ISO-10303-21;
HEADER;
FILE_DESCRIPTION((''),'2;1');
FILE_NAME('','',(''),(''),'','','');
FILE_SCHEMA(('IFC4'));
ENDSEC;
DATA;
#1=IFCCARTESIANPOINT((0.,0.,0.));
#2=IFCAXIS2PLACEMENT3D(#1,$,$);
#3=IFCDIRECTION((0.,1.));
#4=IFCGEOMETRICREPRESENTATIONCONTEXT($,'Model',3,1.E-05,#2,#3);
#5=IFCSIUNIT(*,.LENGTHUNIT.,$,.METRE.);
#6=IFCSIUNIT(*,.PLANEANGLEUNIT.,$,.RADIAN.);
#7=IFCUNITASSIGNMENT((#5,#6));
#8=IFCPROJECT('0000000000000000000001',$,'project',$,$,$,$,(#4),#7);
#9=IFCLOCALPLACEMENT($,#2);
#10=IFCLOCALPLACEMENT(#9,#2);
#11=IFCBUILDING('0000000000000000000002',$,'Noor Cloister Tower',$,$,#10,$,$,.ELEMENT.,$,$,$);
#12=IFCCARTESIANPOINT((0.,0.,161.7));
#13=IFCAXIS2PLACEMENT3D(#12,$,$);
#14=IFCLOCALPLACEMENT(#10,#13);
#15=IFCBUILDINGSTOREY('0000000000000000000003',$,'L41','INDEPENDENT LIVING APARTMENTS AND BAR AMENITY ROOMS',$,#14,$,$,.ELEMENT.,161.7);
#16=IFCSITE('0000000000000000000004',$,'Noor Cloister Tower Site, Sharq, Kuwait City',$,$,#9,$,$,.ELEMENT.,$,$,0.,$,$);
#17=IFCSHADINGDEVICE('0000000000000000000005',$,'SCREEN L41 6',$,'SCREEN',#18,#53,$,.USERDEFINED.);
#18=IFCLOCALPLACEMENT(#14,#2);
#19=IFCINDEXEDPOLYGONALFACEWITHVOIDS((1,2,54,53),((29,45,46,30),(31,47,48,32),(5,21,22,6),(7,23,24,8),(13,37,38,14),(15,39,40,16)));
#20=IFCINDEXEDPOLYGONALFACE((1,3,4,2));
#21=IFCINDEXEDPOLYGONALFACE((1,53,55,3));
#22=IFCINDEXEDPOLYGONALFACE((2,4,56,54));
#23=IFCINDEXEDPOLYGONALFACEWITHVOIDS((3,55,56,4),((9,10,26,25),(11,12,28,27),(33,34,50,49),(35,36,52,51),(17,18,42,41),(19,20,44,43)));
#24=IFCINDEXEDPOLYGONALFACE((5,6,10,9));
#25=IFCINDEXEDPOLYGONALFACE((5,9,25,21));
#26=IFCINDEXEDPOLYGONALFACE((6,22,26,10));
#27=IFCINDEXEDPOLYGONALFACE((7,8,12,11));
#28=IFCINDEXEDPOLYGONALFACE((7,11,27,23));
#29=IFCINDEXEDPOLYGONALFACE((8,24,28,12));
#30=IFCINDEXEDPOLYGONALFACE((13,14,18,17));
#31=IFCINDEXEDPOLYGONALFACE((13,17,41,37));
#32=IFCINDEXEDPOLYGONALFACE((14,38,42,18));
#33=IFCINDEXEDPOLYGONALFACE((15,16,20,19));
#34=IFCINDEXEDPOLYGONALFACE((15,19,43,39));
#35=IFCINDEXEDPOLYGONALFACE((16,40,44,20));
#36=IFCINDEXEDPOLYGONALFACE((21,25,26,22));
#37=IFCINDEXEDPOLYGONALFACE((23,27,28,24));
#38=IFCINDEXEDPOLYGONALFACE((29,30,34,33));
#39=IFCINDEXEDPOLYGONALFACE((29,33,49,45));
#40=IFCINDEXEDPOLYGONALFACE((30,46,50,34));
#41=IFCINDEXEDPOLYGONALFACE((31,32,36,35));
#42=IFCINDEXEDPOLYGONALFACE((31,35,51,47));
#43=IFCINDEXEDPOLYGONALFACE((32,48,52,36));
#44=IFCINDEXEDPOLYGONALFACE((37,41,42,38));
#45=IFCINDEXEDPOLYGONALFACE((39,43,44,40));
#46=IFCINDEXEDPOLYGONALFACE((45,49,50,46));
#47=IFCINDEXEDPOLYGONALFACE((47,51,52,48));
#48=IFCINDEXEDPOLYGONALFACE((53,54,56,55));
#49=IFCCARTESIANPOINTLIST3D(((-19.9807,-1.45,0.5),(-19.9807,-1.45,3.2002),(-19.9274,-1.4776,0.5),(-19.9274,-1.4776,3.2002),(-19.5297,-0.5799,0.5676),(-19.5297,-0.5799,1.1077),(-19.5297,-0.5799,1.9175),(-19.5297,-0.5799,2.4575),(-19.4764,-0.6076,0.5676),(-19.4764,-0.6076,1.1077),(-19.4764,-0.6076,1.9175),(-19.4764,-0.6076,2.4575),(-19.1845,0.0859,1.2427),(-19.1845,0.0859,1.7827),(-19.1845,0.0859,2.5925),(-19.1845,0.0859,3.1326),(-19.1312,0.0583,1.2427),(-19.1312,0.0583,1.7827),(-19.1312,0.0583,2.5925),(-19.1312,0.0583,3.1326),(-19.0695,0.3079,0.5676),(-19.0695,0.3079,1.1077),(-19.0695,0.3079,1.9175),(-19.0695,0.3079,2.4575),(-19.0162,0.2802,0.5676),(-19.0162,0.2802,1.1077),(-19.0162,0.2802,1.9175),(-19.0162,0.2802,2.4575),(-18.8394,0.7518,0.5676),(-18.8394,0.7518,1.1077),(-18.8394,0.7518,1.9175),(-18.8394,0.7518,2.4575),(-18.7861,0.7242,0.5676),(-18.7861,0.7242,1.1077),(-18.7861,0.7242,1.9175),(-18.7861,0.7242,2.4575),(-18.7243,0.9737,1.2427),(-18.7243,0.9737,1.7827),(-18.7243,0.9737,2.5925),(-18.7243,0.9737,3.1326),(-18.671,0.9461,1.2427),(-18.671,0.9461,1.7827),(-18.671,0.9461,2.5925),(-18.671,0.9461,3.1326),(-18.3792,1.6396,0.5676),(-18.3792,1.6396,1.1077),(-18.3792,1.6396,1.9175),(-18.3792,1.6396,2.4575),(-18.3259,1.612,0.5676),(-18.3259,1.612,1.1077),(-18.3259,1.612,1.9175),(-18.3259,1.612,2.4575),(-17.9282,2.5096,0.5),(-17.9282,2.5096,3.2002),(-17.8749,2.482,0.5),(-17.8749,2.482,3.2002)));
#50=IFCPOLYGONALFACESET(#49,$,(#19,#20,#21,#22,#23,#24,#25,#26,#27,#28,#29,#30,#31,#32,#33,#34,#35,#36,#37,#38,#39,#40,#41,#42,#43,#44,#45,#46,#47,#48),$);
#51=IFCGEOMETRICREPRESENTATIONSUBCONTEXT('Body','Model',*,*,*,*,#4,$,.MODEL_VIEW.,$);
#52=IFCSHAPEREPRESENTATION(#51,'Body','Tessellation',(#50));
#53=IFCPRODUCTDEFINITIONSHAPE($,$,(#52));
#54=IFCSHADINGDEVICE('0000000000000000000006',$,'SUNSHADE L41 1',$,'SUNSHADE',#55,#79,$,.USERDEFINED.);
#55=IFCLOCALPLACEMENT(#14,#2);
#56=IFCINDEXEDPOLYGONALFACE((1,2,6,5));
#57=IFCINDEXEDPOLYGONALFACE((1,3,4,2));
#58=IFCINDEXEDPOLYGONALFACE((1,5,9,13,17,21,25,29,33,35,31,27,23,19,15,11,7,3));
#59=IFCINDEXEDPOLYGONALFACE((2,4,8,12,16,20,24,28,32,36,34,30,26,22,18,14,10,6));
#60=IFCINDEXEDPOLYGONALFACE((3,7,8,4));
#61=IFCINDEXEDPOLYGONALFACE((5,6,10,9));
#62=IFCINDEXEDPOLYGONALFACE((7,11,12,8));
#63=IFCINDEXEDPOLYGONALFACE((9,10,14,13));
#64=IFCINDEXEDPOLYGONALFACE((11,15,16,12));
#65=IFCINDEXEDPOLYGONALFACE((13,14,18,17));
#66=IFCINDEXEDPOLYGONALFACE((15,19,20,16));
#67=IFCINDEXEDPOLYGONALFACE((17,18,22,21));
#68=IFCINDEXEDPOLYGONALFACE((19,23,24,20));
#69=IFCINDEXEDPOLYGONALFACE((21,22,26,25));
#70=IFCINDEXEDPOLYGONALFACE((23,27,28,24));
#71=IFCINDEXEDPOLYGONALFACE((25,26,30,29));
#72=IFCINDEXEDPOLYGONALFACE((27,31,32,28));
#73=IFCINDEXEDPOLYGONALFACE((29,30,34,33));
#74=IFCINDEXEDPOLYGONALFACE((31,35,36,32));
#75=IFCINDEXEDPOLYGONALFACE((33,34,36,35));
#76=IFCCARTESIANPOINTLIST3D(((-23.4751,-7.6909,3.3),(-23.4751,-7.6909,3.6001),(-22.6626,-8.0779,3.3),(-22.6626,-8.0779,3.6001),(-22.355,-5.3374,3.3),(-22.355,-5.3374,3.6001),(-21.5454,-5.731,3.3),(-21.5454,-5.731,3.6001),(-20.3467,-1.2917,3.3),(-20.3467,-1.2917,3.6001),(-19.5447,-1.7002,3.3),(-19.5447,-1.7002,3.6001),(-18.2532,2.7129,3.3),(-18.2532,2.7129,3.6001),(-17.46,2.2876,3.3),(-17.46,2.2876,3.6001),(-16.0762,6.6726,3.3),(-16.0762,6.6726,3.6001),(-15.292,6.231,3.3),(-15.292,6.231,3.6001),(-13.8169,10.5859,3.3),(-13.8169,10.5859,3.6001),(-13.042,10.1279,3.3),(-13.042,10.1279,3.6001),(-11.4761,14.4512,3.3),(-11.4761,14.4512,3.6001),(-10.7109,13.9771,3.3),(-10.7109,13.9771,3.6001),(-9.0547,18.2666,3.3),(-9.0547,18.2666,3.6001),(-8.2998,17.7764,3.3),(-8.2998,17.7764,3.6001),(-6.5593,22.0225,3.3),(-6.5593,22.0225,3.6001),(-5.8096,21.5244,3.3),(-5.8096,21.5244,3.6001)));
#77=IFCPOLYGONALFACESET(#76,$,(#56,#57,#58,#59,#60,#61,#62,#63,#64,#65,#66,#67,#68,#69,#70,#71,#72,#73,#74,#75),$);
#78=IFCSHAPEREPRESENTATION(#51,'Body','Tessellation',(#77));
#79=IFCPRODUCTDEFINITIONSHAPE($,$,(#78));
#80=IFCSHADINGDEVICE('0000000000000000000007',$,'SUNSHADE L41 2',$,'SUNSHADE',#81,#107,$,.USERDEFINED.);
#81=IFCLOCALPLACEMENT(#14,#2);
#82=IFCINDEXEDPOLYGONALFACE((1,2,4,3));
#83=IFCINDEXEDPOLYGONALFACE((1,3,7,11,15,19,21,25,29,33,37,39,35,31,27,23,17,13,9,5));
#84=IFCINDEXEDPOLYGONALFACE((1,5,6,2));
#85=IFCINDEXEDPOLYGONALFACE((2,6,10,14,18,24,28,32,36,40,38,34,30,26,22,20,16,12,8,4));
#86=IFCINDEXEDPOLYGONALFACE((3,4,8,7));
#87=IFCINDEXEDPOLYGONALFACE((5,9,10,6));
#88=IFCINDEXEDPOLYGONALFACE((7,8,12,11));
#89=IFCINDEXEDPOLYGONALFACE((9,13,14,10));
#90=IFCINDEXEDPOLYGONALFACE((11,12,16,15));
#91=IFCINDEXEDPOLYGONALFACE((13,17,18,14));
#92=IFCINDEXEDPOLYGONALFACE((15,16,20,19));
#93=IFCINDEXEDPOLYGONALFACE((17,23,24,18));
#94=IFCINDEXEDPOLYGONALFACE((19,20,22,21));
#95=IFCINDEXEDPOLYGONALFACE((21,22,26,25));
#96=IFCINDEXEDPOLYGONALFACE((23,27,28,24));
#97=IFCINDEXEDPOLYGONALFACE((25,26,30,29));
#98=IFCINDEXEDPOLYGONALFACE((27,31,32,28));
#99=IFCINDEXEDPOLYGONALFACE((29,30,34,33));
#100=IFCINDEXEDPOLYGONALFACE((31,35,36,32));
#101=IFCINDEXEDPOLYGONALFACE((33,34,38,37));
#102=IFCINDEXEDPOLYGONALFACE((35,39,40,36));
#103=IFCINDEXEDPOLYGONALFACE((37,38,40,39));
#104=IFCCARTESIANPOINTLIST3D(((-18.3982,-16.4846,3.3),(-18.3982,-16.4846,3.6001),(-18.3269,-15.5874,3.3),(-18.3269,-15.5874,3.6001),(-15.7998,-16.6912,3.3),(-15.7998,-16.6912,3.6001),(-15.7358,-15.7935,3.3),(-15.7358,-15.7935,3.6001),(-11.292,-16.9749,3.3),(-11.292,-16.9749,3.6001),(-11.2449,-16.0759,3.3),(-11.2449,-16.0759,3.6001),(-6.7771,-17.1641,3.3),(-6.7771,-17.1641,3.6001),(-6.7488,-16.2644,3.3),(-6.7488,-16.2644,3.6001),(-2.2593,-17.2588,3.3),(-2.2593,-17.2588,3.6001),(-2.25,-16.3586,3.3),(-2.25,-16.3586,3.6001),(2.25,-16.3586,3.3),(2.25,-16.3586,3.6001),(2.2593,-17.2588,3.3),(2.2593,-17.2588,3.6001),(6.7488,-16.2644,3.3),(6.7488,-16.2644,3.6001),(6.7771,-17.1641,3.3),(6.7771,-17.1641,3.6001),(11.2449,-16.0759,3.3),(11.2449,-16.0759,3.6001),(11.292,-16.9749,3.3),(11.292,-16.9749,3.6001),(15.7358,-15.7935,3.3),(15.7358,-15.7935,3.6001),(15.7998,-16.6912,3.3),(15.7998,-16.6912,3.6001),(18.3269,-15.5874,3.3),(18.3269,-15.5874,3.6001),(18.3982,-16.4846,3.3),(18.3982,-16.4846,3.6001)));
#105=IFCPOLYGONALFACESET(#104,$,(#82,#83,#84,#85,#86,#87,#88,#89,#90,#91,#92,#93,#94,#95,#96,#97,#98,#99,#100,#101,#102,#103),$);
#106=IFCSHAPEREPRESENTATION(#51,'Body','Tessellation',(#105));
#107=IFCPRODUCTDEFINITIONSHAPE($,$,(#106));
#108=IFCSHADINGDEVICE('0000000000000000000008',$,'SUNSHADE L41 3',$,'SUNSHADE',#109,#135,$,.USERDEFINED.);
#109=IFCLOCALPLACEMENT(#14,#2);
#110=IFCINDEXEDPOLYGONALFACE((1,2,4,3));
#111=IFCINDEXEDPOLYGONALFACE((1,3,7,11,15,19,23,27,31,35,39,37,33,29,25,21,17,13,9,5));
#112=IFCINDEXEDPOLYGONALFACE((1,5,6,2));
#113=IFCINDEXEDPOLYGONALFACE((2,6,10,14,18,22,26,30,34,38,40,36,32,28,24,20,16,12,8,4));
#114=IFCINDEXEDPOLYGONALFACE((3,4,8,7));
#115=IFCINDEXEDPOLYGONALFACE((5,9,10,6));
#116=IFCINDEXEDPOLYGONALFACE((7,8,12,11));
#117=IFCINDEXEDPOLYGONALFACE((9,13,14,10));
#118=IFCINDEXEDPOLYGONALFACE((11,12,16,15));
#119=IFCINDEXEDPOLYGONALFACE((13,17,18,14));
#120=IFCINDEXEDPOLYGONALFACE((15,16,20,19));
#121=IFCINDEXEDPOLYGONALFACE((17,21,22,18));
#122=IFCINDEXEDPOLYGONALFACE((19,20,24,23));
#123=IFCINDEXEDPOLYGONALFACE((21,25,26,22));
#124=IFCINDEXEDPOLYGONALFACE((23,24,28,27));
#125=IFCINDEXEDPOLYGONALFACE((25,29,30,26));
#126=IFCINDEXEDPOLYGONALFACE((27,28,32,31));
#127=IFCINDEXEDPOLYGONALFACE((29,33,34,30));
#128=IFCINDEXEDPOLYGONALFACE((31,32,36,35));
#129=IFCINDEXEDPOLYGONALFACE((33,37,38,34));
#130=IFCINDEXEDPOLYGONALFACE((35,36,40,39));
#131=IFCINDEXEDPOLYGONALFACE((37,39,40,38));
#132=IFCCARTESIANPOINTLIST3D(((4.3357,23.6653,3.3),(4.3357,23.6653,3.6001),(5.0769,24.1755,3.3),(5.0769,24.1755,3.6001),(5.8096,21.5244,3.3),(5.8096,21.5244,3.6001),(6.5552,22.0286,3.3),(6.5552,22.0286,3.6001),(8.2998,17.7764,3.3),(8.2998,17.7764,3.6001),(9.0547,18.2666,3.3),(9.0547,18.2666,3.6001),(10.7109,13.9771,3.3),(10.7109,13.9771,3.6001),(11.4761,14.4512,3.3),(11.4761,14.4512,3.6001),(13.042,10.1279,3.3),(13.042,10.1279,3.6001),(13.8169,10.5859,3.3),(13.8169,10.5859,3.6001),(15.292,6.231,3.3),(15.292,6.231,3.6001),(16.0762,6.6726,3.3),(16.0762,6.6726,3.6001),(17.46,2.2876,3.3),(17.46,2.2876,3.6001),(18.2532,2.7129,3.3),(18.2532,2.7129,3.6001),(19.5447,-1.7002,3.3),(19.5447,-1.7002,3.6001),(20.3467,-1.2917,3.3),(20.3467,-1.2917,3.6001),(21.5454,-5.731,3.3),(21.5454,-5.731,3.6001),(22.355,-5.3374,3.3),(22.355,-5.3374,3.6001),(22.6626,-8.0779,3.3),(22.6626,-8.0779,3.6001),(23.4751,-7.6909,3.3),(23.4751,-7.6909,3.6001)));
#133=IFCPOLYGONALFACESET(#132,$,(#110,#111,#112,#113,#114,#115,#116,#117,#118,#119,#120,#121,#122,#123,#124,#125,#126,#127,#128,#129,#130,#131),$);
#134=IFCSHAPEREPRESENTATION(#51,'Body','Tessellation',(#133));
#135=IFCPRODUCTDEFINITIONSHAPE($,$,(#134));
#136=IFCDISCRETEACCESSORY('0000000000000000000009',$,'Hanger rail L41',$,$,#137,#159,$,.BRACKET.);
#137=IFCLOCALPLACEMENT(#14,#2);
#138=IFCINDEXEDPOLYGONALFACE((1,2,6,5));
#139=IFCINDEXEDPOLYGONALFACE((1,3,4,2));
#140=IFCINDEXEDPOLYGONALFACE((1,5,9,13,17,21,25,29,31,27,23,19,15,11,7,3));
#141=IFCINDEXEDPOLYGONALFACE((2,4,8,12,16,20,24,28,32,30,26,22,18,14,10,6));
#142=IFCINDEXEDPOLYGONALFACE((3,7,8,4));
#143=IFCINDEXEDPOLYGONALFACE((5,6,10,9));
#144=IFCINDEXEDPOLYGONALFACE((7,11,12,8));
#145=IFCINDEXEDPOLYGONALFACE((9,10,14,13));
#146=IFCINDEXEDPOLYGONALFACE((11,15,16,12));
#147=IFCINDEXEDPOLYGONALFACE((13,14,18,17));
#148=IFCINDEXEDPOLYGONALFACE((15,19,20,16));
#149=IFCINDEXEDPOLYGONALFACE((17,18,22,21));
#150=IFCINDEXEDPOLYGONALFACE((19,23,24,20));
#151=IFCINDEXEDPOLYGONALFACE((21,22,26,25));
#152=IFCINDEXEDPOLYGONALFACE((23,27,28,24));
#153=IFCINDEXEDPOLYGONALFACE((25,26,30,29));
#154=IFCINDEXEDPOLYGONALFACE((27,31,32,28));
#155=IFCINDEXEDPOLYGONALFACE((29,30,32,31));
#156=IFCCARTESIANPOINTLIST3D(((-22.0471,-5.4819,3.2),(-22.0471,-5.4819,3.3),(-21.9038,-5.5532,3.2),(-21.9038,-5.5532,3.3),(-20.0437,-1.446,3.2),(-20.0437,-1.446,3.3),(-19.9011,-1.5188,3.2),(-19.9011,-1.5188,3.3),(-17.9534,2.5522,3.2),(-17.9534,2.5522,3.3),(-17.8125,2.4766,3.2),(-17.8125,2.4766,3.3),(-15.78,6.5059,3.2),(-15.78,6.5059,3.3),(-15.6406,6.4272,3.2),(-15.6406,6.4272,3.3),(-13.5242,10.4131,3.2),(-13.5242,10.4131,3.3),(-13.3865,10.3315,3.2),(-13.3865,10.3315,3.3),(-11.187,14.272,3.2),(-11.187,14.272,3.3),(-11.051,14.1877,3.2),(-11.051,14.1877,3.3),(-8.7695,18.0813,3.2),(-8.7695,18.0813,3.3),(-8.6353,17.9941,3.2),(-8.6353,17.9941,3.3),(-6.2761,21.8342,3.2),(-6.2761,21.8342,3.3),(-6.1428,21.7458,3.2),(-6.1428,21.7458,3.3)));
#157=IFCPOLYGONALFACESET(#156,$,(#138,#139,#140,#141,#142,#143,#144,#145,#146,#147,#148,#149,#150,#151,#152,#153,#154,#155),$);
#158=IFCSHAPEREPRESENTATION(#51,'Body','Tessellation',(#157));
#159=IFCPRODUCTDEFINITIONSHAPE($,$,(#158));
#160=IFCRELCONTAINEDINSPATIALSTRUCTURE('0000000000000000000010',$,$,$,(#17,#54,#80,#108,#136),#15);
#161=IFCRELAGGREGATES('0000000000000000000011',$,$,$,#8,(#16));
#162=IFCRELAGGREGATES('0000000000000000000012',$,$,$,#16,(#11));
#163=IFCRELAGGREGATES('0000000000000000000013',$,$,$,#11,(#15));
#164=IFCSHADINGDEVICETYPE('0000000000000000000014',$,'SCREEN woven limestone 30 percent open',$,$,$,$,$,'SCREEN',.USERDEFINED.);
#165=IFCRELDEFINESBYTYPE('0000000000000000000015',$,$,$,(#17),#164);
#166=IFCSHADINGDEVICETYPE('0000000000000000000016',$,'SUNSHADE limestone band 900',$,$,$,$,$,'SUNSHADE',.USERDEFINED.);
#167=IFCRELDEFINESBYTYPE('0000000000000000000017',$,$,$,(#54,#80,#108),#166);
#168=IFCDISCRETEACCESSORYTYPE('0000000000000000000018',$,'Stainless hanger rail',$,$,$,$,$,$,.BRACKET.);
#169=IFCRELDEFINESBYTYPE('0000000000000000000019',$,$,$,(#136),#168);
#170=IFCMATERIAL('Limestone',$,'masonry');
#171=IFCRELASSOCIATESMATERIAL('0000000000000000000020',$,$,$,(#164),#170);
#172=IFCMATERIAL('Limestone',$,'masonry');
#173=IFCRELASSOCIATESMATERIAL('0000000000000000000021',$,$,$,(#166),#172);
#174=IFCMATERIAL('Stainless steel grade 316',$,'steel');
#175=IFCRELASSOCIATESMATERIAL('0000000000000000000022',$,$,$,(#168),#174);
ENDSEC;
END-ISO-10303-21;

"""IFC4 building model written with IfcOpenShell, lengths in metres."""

from ifc_helpers import new_model, si_unit, direction, frame, origin, place, context, subcontext, project, spatial, polyline, outline, extrude, material, material_profile, profile_set, type_object, element, save


model = new_model("IFC4")

# Units and contexts
model_context = context("Model", 3, precision=1e-05, world=origin(), true_north=direction((0.0, 1.0)))
body_context = subcontext(model_context, "Body", "Model", "MODEL_VIEW")
ifc_project = project(units=[si_unit("LENGTHUNIT", "METRE"), si_unit("PLANEANGLEUNIT", "RADIAN")], contexts=[model_context])

# Site, building, storey
site_placement = place(None, origin())
site = spatial("IfcSite", under=ifc_project, at=site_placement, Name="Noor Cloister Tower Site, Sharq, Kuwait City", CompositionType="ELEMENT", RefElevation=0.0)
building_placement = place(site_placement, origin())
building = spatial("IfcBuilding", under=site, at=building_placement, Name="Noor Cloister Tower", CompositionType="ELEMENT")
storey_placement = place(building_placement, frame((0.0, 0.0, 161.7)))
storey = spatial("IfcBuildingStorey", under=building, at=storey_placement, Name="L41", Description="INDEPENDENT LIVING APARTMENTS AND BAR AMENITY ROOMS", CompositionType="ELEMENT", Elevation=161.7)

# Shading devices
ifc_material_1 = material(Name="Limestone", Category="masonry")
ifc_material_profile_1 = material_profile(ifc_material_1, outline(polyline([(-2.23, -1.3501), (2.23, -1.3501), (2.23, 1.3501), (-2.23, 1.3501), (-2.23, -1.3501)]), holes=[polyline([(-1.25, -1.2825), (-0.25, -1.2825), (-0.25, -0.7424), (-1.25, -0.7424), (-1.25, -1.2825)]), polyline([(0.25, -1.2825), (1.25, -1.2825), (1.25, -0.7424), (0.25, -0.7424), (0.25, -1.2825)]), polyline([(-0.5, -0.6074), (0.5, -0.6074), (0.5, -0.0674), (-0.5, -0.0674), (-0.5, -0.6074)]), polyline([(-1.25, 0.0674), (-0.25, 0.0674), (-0.25, 0.6074), (-1.25, 0.6074), (-1.25, 0.0674)]), polyline([(0.25, 0.0674), (1.25, 0.0674), (1.25, 0.6074), (0.25, 0.6074), (0.25, 0.0674)]), polyline([(-0.5, 0.7424), (0.5, 0.7424), (0.5, 1.2825), (-0.5, 1.2825), (-0.5, 0.7424)])]), Name="Woven screen 30 percent open")
ifc_profile_set_1 = profile_set([ifc_material_profile_1], Name="Limestone")
shading_device_type_1 = type_object("IfcShadingDeviceType", Name="SCREEN woven limestone 30 percent open", ElementType="SCREEN", PredefinedType="USERDEFINED", material=ifc_profile_set_1)
for number, where, z_axis, x_axis, name in (
    (1, (-18.9011, 0.5022, 1.8501), (-0.887816, 0.460198, 0.0), (-0.460198, -0.887816, 0.0), "SCREEN L41 6"),
):
    element("IfcShadingDevice", number, at=place(storey_placement, frame(where, z_axis=z_axis, x_axis=x_axis)), inside=storey, type_object=shading_device_type_1, Name=name, ObjectType="SCREEN", PredefinedType="USERDEFINED", context=body_context, shape_type="SweptSolid", body=[
        extrude(outline(polyline([(-2.23, -1.3501), (2.23, -1.3501), (2.23, 1.3501), (-2.23, 1.3501), (-2.23, -1.3501)]), holes=[polyline([(-1.25, -1.2825), (-0.25, -1.2825), (-0.25, -0.7424), (-1.25, -0.7424), (-1.25, -1.2825)]), polyline([(0.25, -1.2825), (1.25, -1.2825), (1.25, -0.7424), (0.25, -0.7424), (0.25, -1.2825)]), polyline([(-0.5, -0.6074), (0.5, -0.6074), (0.5, -0.0674), (-0.5, -0.0674), (-0.5, -0.6074)]), polyline([(-1.25, 0.0674), (-0.25, 0.0674), (-0.25, 0.6074), (-1.25, 0.6074), (-1.25, 0.0674)]), polyline([(0.25, 0.0674), (1.25, 0.0674), (1.25, 0.6074), (0.25, 0.6074), (0.25, 0.0674)]), polyline([(-0.5, 0.7424), (0.5, 0.7424), (0.5, 1.2825), (-0.5, 1.2825), (-0.5, 0.7424)])]), origin(), (0.0, 0.0, 1.0), 0.0601),
    ])
ifc_material_2 = material(Name="Limestone", Category="masonry")
shading_device_type_2 = type_object("IfcShadingDeviceType", Name="SUNSHADE limestone band 900", ElementType="SUNSHADE", PredefinedType="USERDEFINED", material=ifc_material_2)
shading_device_1_placement = place(storey_placement, frame((0.0, 0.0, 3.3)))
element("IfcShadingDevice", 2, at=shading_device_1_placement, inside=storey, type_object=shading_device_type_2, Name="SUNSHADE L41 1", ObjectType="SUNSHADE", PredefinedType="USERDEFINED", context=body_context, shape_type="SweptSolid", body=[
    extrude(outline(polyline([(-6.5593, 22.0225), (-9.0547, 18.2666), (-11.4761, 14.4512), (-13.8169, 10.5859), (-16.0762, 6.6726), (-18.2532, 2.7129), (-20.3467, -1.2917), (-22.355, -5.3374), (-23.4751, -7.6909), (-22.6626, -8.0779), (-21.5454, -5.731), (-19.5447, -1.7002), (-17.46, 2.2876), (-15.292, 6.231), (-13.042, 10.1279), (-10.7109, 13.9771), (-8.2998, 17.7764), (-5.8096, 21.5244), (-6.5593, 22.0225)])), origin(), (0.0, 0.0, 1.0), 0.3),
])
shading_device_2_placement = place(storey_placement, frame((0.0, 0.0, 3.3)))
element("IfcShadingDevice", 3, at=shading_device_2_placement, inside=storey, type_object=shading_device_type_2, Name="SUNSHADE L41 2", ObjectType="SUNSHADE", PredefinedType="USERDEFINED", context=body_context, shape_type="SweptSolid", body=[
    extrude(outline(polyline([(-18.3982, -16.4846), (-15.7998, -16.6912), (-11.292, -16.9749), (-6.7771, -17.1641), (-2.2593, -17.2588), (2.2593, -17.2588), (6.7771, -17.1641), (11.292, -16.9749), (15.7998, -16.6912), (18.3982, -16.4846), (18.3269, -15.5874), (15.7358, -15.7935), (11.2449, -16.0759), (6.7488, -16.2644), (2.25, -16.3586), (-2.25, -16.3586), (-6.7488, -16.2644), (-11.2449, -16.0759), (-15.7358, -15.7935), (-18.3269, -15.5874), (-18.3982, -16.4846)])), origin(), (0.0, 0.0, 1.0), 0.3),
])
shading_device_3_placement = place(storey_placement, frame((0.0, 0.0, 3.3)))
element("IfcShadingDevice", 4, at=shading_device_3_placement, inside=storey, type_object=shading_device_type_2, Name="SUNSHADE L41 3", ObjectType="SUNSHADE", PredefinedType="USERDEFINED", context=body_context, shape_type="SweptSolid", body=[
    extrude(outline(polyline([(23.4751, -7.6909), (22.355, -5.3374), (20.3467, -1.2917), (18.2532, 2.7129), (16.0762, 6.6726), (13.8169, 10.5859), (11.4761, 14.4512), (9.0547, 18.2666), (6.5552, 22.0286), (5.0769, 24.1755), (4.3357, 23.6653), (5.8096, 21.5244), (8.2998, 17.7764), (10.7109, 13.9771), (13.042, 10.1279), (15.292, 6.231), (17.46, 2.2876), (19.5447, -1.7002), (21.5454, -5.731), (22.6626, -8.0779), (23.4751, -7.6909)])), origin(), (0.0, 0.0, 1.0), 0.3),
])

# Discrete accessory
ifc_material_3 = material(Name="Stainless steel grade 316", Category="steel")
discrete_accessory_type = type_object("IfcDiscreteAccessoryType", Name="Stainless hanger rail", PredefinedType="BRACKET", material=ifc_material_3)
discrete_accessory_1_placement = place(storey_placement, frame((0.0, 0.0, 3.2)))
element("IfcDiscreteAccessory", 5, at=discrete_accessory_1_placement, inside=storey, type_object=discrete_accessory_type, Name="Hanger rail L41", PredefinedType="BRACKET", context=body_context, shape_type="SweptSolid", body=[
    extrude(outline(polyline([(-6.2761, 21.8342), (-8.7695, 18.0813), (-11.187, 14.272), (-13.5242, 10.4131), (-15.78, 6.5059), (-17.9534, 2.5522), (-20.0437, -1.446), (-22.0471, -5.4819), (-21.9038, -5.5532), (-19.9011, -1.5188), (-17.8125, 2.4766), (-15.6406, 6.4272), (-13.3865, 10.3315), (-11.051, 14.1877), (-8.6353, 17.9941), (-6.1428, 21.7458), (-6.2761, 21.8342)])), origin(), (0.0, 0.0, 1.0), 0.1001),
])

save(model, "model.ifc")
